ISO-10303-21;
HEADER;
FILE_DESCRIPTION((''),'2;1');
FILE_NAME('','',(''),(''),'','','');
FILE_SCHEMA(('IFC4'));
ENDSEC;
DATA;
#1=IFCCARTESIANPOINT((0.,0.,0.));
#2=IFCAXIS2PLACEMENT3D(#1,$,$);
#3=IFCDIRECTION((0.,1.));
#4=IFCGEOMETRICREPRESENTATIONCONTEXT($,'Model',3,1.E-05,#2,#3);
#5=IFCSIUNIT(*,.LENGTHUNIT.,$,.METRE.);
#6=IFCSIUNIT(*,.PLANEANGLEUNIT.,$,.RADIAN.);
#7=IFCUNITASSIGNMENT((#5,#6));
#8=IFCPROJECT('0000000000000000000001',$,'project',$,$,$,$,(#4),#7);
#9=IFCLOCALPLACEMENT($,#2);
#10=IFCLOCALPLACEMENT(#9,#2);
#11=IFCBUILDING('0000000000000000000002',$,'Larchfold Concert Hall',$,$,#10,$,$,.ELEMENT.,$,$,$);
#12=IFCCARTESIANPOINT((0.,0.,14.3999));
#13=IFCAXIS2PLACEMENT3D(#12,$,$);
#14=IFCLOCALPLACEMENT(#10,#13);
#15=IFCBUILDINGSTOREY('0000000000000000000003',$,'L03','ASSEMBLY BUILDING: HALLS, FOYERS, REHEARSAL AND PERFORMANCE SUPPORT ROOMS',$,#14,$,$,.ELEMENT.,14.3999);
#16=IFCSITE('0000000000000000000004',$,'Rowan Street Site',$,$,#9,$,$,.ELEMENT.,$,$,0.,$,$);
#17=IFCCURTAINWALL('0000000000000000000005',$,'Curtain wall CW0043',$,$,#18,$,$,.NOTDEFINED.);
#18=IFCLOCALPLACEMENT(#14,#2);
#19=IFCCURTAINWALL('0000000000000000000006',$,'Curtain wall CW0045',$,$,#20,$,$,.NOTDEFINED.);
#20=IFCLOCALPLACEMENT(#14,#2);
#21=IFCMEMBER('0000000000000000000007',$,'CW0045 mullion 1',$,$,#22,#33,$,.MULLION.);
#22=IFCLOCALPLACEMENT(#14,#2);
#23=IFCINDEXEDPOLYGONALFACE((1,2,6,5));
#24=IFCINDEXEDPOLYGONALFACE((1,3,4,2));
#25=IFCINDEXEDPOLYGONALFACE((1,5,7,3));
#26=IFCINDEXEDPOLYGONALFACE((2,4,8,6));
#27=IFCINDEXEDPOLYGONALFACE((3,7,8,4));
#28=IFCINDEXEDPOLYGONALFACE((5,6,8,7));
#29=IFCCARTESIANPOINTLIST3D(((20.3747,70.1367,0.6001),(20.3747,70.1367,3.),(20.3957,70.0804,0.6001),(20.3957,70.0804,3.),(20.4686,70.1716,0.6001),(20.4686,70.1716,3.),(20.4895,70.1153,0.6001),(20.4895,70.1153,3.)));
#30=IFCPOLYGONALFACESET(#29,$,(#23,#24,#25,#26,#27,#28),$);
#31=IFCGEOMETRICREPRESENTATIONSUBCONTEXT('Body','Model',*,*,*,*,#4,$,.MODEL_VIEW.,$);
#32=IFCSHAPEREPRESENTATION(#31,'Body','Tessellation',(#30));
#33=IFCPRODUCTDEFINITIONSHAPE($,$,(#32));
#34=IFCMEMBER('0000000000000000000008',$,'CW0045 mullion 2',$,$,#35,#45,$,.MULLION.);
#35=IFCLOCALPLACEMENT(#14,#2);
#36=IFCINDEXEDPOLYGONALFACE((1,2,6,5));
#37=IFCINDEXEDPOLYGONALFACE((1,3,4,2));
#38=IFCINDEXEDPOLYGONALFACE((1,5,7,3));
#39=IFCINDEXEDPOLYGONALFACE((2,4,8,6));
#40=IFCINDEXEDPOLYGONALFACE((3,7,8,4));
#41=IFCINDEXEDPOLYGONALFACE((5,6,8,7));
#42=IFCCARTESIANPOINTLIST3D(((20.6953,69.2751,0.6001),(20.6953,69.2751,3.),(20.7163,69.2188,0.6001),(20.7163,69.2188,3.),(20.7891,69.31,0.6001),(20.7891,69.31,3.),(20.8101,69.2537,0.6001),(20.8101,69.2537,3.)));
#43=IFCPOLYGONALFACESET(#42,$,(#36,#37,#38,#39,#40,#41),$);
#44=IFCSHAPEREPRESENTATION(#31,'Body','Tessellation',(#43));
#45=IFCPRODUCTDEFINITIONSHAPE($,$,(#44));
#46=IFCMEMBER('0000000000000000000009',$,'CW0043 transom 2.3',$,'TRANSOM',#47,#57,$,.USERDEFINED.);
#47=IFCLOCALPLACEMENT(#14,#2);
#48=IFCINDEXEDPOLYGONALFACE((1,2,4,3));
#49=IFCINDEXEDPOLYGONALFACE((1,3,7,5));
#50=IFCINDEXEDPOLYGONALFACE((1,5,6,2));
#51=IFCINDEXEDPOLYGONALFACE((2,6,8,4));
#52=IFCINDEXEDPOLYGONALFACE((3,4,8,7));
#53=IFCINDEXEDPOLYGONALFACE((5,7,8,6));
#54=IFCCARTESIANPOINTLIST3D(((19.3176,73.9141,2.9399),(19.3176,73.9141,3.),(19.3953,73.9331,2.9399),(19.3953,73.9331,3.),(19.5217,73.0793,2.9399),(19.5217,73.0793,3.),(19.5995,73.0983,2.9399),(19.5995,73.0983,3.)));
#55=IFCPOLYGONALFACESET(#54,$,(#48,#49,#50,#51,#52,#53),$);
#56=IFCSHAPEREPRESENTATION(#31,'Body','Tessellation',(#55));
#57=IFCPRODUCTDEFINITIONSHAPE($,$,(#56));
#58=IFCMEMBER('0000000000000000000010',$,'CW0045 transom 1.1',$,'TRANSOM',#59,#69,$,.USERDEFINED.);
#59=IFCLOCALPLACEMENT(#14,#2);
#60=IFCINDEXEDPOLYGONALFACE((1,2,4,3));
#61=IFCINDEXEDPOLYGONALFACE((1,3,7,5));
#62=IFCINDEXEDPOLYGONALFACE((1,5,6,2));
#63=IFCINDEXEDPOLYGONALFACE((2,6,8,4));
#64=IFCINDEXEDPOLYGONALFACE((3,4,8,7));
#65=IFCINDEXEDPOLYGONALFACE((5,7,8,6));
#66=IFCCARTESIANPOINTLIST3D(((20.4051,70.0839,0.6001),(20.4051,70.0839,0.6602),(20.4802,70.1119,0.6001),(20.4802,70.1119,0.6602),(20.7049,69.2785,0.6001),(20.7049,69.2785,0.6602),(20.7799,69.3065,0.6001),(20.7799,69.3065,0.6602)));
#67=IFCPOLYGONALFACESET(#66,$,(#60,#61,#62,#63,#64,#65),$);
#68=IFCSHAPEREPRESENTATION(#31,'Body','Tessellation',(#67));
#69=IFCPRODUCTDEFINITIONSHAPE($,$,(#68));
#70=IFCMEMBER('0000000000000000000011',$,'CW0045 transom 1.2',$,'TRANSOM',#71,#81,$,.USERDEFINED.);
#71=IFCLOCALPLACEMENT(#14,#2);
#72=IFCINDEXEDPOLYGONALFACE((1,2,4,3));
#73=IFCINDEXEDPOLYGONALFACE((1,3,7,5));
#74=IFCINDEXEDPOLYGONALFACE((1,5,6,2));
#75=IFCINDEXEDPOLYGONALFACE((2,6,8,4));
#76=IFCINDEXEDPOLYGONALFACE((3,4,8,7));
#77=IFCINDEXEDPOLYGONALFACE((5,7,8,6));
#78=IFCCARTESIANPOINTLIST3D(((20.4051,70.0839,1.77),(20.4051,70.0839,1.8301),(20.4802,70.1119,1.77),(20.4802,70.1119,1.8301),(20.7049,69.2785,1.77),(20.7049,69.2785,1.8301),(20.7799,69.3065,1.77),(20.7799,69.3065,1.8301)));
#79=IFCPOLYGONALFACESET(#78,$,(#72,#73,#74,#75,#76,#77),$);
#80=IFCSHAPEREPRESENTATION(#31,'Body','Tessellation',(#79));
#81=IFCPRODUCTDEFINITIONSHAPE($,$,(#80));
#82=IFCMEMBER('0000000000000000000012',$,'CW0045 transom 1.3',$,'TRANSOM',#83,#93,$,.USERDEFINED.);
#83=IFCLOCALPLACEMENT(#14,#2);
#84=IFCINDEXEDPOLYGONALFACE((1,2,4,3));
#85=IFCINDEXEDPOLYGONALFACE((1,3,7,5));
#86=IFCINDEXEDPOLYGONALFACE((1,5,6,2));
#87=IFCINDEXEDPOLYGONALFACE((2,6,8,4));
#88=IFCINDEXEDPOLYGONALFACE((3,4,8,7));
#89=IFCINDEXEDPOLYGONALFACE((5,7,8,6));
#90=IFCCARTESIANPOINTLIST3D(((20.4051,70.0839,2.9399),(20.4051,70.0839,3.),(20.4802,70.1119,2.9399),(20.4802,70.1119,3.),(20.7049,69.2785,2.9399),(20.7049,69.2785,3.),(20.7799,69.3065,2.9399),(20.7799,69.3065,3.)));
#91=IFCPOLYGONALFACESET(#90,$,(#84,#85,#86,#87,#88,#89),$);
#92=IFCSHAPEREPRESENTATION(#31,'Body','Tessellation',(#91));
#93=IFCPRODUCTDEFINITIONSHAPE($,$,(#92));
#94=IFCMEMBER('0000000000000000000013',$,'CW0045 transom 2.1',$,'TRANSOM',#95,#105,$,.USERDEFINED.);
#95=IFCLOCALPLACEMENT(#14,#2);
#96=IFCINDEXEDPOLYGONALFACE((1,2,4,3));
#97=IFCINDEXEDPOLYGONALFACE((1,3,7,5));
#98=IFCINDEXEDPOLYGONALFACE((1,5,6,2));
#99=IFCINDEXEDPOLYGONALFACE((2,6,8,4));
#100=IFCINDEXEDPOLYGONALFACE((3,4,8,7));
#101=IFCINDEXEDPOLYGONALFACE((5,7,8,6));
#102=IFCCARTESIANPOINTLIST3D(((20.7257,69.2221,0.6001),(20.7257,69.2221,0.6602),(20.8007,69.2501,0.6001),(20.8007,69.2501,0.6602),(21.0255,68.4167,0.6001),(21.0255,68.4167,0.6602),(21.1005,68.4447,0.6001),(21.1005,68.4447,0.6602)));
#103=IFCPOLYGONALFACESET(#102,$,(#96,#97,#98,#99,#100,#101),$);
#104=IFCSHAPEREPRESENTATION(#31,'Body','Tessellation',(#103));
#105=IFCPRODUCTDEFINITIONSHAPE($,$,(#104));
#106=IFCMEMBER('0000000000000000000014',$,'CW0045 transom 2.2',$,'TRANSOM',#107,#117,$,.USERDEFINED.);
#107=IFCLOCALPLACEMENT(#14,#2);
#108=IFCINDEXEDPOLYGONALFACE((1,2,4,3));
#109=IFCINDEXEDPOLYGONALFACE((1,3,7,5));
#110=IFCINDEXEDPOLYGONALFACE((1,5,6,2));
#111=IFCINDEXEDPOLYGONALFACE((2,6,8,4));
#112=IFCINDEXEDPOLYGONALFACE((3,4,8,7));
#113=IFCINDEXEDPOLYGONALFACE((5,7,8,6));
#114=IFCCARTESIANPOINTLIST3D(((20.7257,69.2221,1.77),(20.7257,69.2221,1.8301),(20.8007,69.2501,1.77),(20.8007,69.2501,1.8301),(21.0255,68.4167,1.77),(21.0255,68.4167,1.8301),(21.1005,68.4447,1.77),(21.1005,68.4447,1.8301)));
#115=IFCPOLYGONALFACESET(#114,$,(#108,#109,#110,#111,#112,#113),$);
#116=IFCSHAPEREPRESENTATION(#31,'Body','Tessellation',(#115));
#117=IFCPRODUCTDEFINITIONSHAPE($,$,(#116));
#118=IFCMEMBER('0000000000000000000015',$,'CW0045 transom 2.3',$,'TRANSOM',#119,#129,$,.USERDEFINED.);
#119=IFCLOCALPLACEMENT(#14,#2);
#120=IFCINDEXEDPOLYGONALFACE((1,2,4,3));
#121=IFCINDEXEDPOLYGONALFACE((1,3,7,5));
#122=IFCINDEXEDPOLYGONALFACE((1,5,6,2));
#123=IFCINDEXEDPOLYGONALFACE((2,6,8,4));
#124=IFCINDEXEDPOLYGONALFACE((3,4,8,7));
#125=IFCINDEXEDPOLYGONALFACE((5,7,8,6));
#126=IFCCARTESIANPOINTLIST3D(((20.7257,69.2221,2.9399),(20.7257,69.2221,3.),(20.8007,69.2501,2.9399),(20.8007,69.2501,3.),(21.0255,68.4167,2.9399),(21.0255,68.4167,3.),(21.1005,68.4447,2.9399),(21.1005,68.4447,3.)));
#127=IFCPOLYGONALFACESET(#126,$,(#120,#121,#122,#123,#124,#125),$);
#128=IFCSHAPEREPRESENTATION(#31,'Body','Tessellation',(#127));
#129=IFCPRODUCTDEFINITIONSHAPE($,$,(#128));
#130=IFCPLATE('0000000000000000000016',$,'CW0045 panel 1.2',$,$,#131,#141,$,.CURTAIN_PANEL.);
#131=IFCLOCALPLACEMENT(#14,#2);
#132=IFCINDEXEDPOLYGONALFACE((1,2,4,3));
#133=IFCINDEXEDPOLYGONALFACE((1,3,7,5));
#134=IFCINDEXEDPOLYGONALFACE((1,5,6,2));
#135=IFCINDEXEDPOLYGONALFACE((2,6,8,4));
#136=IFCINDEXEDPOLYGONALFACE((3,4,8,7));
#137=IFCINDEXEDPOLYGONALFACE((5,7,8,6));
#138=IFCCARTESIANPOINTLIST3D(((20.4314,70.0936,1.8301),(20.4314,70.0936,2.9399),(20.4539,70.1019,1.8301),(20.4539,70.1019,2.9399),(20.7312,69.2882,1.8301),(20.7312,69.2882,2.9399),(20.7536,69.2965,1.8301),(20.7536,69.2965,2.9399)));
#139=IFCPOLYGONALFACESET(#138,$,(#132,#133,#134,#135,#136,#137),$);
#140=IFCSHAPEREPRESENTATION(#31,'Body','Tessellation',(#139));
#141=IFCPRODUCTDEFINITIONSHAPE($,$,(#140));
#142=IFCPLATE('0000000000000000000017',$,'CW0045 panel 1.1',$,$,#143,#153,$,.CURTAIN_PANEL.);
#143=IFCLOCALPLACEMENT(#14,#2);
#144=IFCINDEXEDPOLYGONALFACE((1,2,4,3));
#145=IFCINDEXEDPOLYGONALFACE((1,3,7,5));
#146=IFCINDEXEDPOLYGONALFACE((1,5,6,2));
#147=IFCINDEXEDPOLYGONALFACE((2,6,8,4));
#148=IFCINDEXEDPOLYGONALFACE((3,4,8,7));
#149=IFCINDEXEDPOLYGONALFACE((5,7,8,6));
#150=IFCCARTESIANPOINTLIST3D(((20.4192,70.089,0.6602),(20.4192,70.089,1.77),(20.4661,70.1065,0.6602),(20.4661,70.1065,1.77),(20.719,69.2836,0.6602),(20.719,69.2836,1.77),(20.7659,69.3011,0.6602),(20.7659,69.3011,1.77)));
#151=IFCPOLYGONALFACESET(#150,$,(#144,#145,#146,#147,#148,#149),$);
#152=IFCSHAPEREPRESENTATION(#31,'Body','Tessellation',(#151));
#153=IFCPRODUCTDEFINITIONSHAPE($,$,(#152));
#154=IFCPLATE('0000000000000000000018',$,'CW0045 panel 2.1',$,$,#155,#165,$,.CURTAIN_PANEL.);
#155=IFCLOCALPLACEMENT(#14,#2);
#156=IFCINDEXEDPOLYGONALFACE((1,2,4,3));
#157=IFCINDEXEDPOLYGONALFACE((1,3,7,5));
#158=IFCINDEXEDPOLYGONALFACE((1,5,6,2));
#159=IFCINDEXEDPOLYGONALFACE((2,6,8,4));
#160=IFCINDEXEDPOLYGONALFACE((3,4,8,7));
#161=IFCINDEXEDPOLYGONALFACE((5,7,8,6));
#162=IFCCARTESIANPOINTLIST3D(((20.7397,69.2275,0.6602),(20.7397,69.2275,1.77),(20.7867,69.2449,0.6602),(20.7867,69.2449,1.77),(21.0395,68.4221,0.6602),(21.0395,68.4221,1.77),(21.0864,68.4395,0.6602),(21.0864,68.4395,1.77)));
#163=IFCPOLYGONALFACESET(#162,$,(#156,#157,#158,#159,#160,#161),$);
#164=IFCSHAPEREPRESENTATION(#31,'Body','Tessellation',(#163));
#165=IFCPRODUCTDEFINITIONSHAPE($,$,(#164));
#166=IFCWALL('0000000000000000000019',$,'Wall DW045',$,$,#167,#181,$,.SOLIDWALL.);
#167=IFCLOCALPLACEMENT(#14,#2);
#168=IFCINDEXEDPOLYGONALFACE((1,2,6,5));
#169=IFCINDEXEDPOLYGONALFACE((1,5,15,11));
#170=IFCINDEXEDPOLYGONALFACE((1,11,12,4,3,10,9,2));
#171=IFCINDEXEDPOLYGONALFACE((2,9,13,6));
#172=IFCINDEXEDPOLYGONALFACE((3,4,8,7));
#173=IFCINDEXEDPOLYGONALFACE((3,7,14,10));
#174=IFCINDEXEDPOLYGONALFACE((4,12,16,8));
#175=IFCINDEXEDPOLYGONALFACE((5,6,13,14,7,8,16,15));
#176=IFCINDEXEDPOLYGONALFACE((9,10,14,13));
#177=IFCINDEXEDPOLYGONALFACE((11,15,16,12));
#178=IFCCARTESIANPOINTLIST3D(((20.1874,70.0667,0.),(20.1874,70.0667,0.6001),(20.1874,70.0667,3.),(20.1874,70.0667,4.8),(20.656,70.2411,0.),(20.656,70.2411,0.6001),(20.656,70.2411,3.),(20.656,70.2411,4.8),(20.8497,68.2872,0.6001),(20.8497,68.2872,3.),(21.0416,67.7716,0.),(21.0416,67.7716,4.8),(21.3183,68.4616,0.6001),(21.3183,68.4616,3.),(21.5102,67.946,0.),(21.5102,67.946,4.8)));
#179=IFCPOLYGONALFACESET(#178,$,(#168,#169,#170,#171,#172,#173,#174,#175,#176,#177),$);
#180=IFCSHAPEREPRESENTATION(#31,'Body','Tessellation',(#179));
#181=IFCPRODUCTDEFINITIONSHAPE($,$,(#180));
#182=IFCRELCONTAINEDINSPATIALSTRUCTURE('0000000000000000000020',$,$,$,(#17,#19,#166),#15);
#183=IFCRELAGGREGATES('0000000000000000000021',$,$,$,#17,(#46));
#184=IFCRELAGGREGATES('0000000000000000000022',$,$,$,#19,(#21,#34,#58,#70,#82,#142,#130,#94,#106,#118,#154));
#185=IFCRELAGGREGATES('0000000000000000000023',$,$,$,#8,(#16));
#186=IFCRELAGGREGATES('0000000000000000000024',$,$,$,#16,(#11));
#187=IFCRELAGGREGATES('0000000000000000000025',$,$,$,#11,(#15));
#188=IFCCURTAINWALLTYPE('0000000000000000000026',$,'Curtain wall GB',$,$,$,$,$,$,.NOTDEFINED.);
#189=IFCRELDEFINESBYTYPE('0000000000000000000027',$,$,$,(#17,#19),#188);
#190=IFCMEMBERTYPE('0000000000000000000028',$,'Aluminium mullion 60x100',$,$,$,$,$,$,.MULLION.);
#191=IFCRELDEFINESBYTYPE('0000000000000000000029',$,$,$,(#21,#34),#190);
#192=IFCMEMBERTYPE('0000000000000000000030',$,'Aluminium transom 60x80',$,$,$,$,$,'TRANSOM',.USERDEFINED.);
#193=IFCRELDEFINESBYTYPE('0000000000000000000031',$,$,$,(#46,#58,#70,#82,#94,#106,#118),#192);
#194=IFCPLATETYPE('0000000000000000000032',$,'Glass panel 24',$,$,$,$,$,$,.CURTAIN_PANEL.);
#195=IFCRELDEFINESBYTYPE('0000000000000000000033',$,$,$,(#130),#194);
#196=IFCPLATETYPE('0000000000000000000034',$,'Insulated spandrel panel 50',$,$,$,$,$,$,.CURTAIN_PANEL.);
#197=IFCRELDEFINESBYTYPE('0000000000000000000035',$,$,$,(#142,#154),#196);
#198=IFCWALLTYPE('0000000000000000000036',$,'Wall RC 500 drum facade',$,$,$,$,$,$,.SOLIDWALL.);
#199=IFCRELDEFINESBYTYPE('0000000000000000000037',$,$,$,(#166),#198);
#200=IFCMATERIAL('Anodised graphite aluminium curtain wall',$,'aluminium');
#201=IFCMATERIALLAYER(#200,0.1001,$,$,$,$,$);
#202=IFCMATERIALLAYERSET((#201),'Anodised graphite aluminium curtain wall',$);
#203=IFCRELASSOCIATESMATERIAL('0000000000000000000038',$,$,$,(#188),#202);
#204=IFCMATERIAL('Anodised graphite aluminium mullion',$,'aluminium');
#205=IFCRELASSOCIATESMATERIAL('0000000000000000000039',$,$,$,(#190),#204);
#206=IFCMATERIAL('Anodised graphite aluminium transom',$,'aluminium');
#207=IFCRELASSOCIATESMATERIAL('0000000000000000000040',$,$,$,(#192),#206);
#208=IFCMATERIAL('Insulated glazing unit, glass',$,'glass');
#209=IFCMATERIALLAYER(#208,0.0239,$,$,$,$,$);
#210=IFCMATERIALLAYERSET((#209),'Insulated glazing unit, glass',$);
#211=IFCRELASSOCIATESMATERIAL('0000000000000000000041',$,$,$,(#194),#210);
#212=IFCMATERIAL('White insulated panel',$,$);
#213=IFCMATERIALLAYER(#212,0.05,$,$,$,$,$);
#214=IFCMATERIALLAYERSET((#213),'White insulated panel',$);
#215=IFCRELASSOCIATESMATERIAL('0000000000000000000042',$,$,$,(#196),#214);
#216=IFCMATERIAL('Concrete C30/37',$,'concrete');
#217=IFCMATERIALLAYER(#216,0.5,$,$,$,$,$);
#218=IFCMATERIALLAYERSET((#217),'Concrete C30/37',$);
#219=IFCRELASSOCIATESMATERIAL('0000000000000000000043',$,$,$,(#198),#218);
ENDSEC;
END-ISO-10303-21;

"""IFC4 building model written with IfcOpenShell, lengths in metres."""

from ifc_helpers import new_model, si_unit, direction, frame, frame_2d, origin, origin_2d, place, context, subcontext, project, spatial, rectangle, extrude, material, layer, layer_set, material_profile, profile_set, type_object, element, fill, aggregate, save


model = new_model("IFC4")

# Units and contexts
model_context = context("Model", 3, precision=1e-05, world=origin(), true_north=direction((0.0, 1.0)))
body_context = subcontext(model_context, "Body", "Model", "MODEL_VIEW")
ifc_project = project(units=[si_unit("LENGTHUNIT", "METRE"), si_unit("PLANEANGLEUNIT", "RADIAN")], contexts=[model_context])

# Site, building, storey
site_placement = place(None, origin())
site = spatial("IfcSite", under=ifc_project, at=site_placement, Name="Rowan Street Site", CompositionType="ELEMENT", RefElevation=0.0)
building_placement = place(site_placement, origin())
building = spatial("IfcBuilding", under=site, at=building_placement, Name="Larchfold Concert Hall", CompositionType="ELEMENT")
storey_placement = place(building_placement, frame((0.0, 0.0, 14.3999)))
storey = spatial("IfcBuildingStorey", under=building, at=storey_placement, Name="L03", Description="ASSEMBLY BUILDING: HALLS, FOYERS, REHEARSAL AND PERFORMANCE SUPPORT ROOMS", CompositionType="ELEMENT", Elevation=14.3999)

# Curtain wall
ifc_material_1 = material(Name="Anodised graphite aluminium curtain wall", Category="aluminium")
ifc_layer_1 = layer(ifc_material_1, 0.1001)
ifc_layer_set_1 = layer_set([ifc_layer_1], Name="Anodised graphite aluminium curtain wall")
curtain_wall_type = type_object("IfcCurtainWallType", Name="Curtain wall GB", PredefinedType="NOTDEFINED", material=ifc_layer_set_1)
curtain_wall_1_placement = place(storey_placement, origin())
curtain_wall_1 = element("IfcCurtainWall", 1, at=curtain_wall_1_placement, inside=storey, type_object=curtain_wall_type, Name="Curtain wall CW0043", PredefinedType="NOTDEFINED")
ifc_material_2 = material(Name="Anodised graphite aluminium mullion", Category="aluminium")
ifc_material_profile_1 = material_profile(ifc_material_2, rectangle(XDim=0.1001, YDim=0.0601, at=origin_2d()))
ifc_profile_set_1 = profile_set([ifc_material_profile_1], Name="Anodised graphite aluminium mullion")
member_type_1 = type_object("IfcMemberType", Name="Aluminium mullion 60x100", PredefinedType="MULLION", material=ifc_profile_set_1)

# Curtain wall, members
curtain_wall_2_placement = place(storey_placement, origin())
curtain_wall_2 = element("IfcCurtainWall", 2, at=curtain_wall_2_placement, inside=storey, type_object=curtain_wall_type, Name="Curtain wall CW0045", PredefinedType="NOTDEFINED")
member_1_placement = place(storey_placement, frame((20.4321, 70.126, 0.6001), z_axis=(0.0, 0.0, 1.0), x_axis=(0.937188, 0.348826, 0.0)))
member_1 = element("IfcMember", 3, at=member_1_placement, type_object=member_type_1, Name="CW0045 mullion 1", PredefinedType="MULLION", context=body_context, shape_type="SweptSolid", body=[
    extrude(rectangle(XDim=0.1001, YDim=0.0601, at=origin_2d()), origin(), (0.0, 0.0, 1.0), 2.3999),
])
member_2_placement = place(storey_placement, frame((20.7527, 69.2644, 0.6001), z_axis=(0.0, 0.0, 1.0), x_axis=(0.937188, 0.348826, 0.0)))
member_2 = element("IfcMember", 4, at=member_2_placement, type_object=member_type_1, Name="CW0045 mullion 2", PredefinedType="MULLION", context=body_context, shape_type="SweptSolid", body=[
    extrude(rectangle(XDim=0.1001, YDim=0.0601, at=origin_2d()), origin(), (0.0, 0.0, 1.0), 2.3999),
])

# Members
ifc_material_3 = material(Name="Anodised graphite aluminium transom", Category="aluminium")
ifc_material_profile_2 = material_profile(ifc_material_3, rectangle(XDim=0.0801, YDim=0.0601, at=origin_2d()))
ifc_profile_set_2 = profile_set([ifc_material_profile_2], Name="Anodised graphite aluminium transom")
member_type_2 = type_object("IfcMemberType", Name="Aluminium transom 60x80", ElementType="TRANSOM", PredefinedType="USERDEFINED", material=ifc_profile_set_2)
member_3_placement = place(storey_placement, frame((19.3564, 73.9236, 2.97), z_axis=(0.237519, -0.971383, 0.0), x_axis=(0.971383, 0.237519, 0.0)))
member_3 = element("IfcMember", 5, at=member_3_placement, type_object=member_type_2, Name="CW0043 transom 2.3", ObjectType="TRANSOM", PredefinedType="USERDEFINED", context=body_context, shape_type="SweptSolid", body=[
    extrude(rectangle(XDim=0.0801, YDim=0.0601, at=origin_2d()), origin(), (0.0, 0.0, 1.0), 0.8594),
])
member_4_placement = place(storey_placement, frame((20.4426, 70.0979, 0.6301), z_axis=(0.34885, -0.937179, 0.0), x_axis=(0.937179, 0.34885, 0.0)))
member_4 = element("IfcMember", 6, at=member_4_placement, type_object=member_type_2, Name="CW0045 transom 1.1", ObjectType="TRANSOM", PredefinedType="USERDEFINED", context=body_context, shape_type="SweptSolid", body=[
    extrude(rectangle(XDim=0.0801, YDim=0.0601, at=origin_2d()), origin(), (0.0, 0.0, 1.0), 0.8594),
])
member_5_placement = place(storey_placement, frame((20.4426, 70.0979, 1.8), z_axis=(0.34885, -0.937179, 0.0), x_axis=(0.937179, 0.34885, 0.0)))
member_5 = element("IfcMember", 7, at=member_5_placement, type_object=member_type_2, Name="CW0045 transom 1.2", ObjectType="TRANSOM", PredefinedType="USERDEFINED", context=body_context, shape_type="SweptSolid", body=[
    extrude(rectangle(XDim=0.0801, YDim=0.0601, at=origin_2d()), origin(), (0.0, 0.0, 1.0), 0.8594),
])
member_6_placement = place(storey_placement, frame((20.4426, 70.0979, 2.97), z_axis=(0.34885, -0.937179, 0.0), x_axis=(0.937179, 0.34885, 0.0)))
member_6 = element("IfcMember", 8, at=member_6_placement, type_object=member_type_2, Name="CW0045 transom 1.3", ObjectType="TRANSOM", PredefinedType="USERDEFINED", context=body_context, shape_type="SweptSolid", body=[
    extrude(rectangle(XDim=0.0801, YDim=0.0601, at=origin_2d()), origin(), (0.0, 0.0, 1.0), 0.8594),
])
member_7_placement = place(storey_placement, frame((20.7632, 69.2361, 0.6301), z_axis=(0.34885, -0.937179, 0.0), x_axis=(0.937179, 0.34885, 0.0)))
member_7 = element("IfcMember", 9, at=member_7_placement, type_object=member_type_2, Name="CW0045 transom 2.1", ObjectType="TRANSOM", PredefinedType="USERDEFINED", context=body_context, shape_type="SweptSolid", body=[
    extrude(rectangle(XDim=0.0801, YDim=0.0601, at=origin_2d()), origin(), (0.0, 0.0, 1.0), 0.8594),
])
member_8_placement = place(storey_placement, frame((20.7632, 69.2361, 1.8), z_axis=(0.34885, -0.937179, 0.0), x_axis=(0.937179, 0.34885, 0.0)))
member_8 = element("IfcMember", 10, at=member_8_placement, type_object=member_type_2, Name="CW0045 transom 2.2", ObjectType="TRANSOM", PredefinedType="USERDEFINED", context=body_context, shape_type="SweptSolid", body=[
    extrude(rectangle(XDim=0.0801, YDim=0.0601, at=origin_2d()), origin(), (0.0, 0.0, 1.0), 0.8594),
])
member_9_placement = place(storey_placement, frame((20.7632, 69.2361, 2.97), z_axis=(0.34885, -0.937179, 0.0), x_axis=(0.937179, 0.34885, 0.0)))
member_9 = element("IfcMember", 11, at=member_9_placement, type_object=member_type_2, Name="CW0045 transom 2.3", ObjectType="TRANSOM", PredefinedType="USERDEFINED", context=body_context, shape_type="SweptSolid", body=[
    extrude(rectangle(XDim=0.0801, YDim=0.0601, at=origin_2d()), origin(), (0.0, 0.0, 1.0), 0.8594),
])

# Plates
ifc_material_4 = material(Name="Insulated glazing unit, glass", Category="glass")
ifc_layer_2 = layer(ifc_material_4, 0.0239)
ifc_layer_set_2 = layer_set([ifc_layer_2], Name="Insulated glazing unit, glass")
plate_type_1 = type_object("IfcPlateType", Name="Glass panel 24", PredefinedType="CURTAIN_PANEL", material=ifc_layer_set_2)
plate_1_placement = place(storey_placement, frame((20.5925, 69.6951, 1.8301), z_axis=(0.0, 0.0, 1.0), x_axis=(0.348826, -0.937188, 0.0)))
plate_1 = element("IfcPlate", 12, at=plate_1_placement, type_object=plate_type_1, Name="CW0045 panel 1.2", PredefinedType="CURTAIN_PANEL", context=body_context, shape_type="SweptSolid", body=[
    extrude(rectangle(XDim=0.8594, YDim=0.0239, at=origin_2d()), origin(), (0.0, 0.0, 1.0), 1.1099),
])
ifc_material_5 = material(Name="White insulated panel")
ifc_layer_3 = layer(ifc_material_5, 0.05)
ifc_layer_set_3 = layer_set([ifc_layer_3], Name="White insulated panel")
plate_type_2 = type_object("IfcPlateType", Name="Insulated spandrel panel 50", PredefinedType="CURTAIN_PANEL", material=ifc_layer_set_3)
aggregate(curtain_wall_1, [member_3])
plate_2_placement = place(storey_placement, frame((20.5925, 69.6951, 0.6602), z_axis=(0.0, 0.0, 1.0), x_axis=(0.348826, -0.937188, 0.0)))
plate_2 = element("IfcPlate", 13, at=plate_2_placement, type_object=plate_type_2, Name="CW0045 panel 1.1", PredefinedType="CURTAIN_PANEL", context=body_context, shape_type="SweptSolid", body=[
    extrude(rectangle(XDim=0.8594, YDim=0.05, at=origin_2d()), origin(), (0.0, 0.0, 1.0), 1.1099),
])
plate_3_placement = place(storey_placement, frame((20.9131, 68.8335, 0.6602), z_axis=(0.0, 0.0, 1.0), x_axis=(0.348826, -0.937188, 0.0)))
plate_3 = element("IfcPlate", 14, at=plate_3_placement, type_object=plate_type_2, Name="CW0045 panel 2.1", PredefinedType="CURTAIN_PANEL", context=body_context, shape_type="SweptSolid", body=[
    extrude(rectangle(XDim=0.8594, YDim=0.05, at=origin_2d()), origin(), (0.0, 0.0, 1.0), 1.1099),
])
aggregate(curtain_wall_2, [member_1, member_2, member_4, member_5, member_6, plate_2, plate_1, member_7, member_8, member_9, plate_3])

# Wall, opening
ifc_material_6 = material(Name="Concrete C30/37", Category="concrete")
ifc_layer_4 = layer(ifc_material_6, 0.5)
ifc_layer_set_4 = layer_set([ifc_layer_4], Name="Concrete C30/37")
wall_type_1 = type_object("IfcWallType", Name="Wall RC 500 drum facade", PredefinedType="SOLIDWALL", material=ifc_layer_set_4)
wall_1_placement = place(storey_placement, frame((20.4216, 70.1541, 0.0), z_axis=(0.0, 0.0, 1.0), x_axis=(0.348817, -0.937191, 0.0)))
wall_1 = element("IfcWall", 15, at=wall_1_placement, inside=storey, type_object=wall_type_1, Name="Wall DW045", PredefinedType="SOLIDWALL", context=body_context, shape_type="SweptSolid", body=[
    extrude(rectangle(XDim=2.449, YDim=0.5, at=frame_2d((1.2246, 0.0))), origin(), (0.0, 0.0, 1.0), 4.8),
])
opening_1_placement = place(wall_1_placement, frame((0.0, 0.0, 0.6001)))
opening_1 = element("IfcOpeningElement", 16, at=opening_1_placement, cuts=wall_1, PredefinedType="OPENING", context=body_context, shape_type="SweptSolid", body=[
    extrude(rectangle(XDim=1.8989, YDim=2.3999, at=frame_2d((0.9495, 1.2))), frame((0.0, 0.26, 0.0), z_axis=(0.0, -1.0, 0.0), x_axis=(1.0, 0.0, 0.0)), (0.0, 0.0, 1.0), 0.52),
])
fill(opening_1, curtain_wall_2)

save(model, "model.ifc")
